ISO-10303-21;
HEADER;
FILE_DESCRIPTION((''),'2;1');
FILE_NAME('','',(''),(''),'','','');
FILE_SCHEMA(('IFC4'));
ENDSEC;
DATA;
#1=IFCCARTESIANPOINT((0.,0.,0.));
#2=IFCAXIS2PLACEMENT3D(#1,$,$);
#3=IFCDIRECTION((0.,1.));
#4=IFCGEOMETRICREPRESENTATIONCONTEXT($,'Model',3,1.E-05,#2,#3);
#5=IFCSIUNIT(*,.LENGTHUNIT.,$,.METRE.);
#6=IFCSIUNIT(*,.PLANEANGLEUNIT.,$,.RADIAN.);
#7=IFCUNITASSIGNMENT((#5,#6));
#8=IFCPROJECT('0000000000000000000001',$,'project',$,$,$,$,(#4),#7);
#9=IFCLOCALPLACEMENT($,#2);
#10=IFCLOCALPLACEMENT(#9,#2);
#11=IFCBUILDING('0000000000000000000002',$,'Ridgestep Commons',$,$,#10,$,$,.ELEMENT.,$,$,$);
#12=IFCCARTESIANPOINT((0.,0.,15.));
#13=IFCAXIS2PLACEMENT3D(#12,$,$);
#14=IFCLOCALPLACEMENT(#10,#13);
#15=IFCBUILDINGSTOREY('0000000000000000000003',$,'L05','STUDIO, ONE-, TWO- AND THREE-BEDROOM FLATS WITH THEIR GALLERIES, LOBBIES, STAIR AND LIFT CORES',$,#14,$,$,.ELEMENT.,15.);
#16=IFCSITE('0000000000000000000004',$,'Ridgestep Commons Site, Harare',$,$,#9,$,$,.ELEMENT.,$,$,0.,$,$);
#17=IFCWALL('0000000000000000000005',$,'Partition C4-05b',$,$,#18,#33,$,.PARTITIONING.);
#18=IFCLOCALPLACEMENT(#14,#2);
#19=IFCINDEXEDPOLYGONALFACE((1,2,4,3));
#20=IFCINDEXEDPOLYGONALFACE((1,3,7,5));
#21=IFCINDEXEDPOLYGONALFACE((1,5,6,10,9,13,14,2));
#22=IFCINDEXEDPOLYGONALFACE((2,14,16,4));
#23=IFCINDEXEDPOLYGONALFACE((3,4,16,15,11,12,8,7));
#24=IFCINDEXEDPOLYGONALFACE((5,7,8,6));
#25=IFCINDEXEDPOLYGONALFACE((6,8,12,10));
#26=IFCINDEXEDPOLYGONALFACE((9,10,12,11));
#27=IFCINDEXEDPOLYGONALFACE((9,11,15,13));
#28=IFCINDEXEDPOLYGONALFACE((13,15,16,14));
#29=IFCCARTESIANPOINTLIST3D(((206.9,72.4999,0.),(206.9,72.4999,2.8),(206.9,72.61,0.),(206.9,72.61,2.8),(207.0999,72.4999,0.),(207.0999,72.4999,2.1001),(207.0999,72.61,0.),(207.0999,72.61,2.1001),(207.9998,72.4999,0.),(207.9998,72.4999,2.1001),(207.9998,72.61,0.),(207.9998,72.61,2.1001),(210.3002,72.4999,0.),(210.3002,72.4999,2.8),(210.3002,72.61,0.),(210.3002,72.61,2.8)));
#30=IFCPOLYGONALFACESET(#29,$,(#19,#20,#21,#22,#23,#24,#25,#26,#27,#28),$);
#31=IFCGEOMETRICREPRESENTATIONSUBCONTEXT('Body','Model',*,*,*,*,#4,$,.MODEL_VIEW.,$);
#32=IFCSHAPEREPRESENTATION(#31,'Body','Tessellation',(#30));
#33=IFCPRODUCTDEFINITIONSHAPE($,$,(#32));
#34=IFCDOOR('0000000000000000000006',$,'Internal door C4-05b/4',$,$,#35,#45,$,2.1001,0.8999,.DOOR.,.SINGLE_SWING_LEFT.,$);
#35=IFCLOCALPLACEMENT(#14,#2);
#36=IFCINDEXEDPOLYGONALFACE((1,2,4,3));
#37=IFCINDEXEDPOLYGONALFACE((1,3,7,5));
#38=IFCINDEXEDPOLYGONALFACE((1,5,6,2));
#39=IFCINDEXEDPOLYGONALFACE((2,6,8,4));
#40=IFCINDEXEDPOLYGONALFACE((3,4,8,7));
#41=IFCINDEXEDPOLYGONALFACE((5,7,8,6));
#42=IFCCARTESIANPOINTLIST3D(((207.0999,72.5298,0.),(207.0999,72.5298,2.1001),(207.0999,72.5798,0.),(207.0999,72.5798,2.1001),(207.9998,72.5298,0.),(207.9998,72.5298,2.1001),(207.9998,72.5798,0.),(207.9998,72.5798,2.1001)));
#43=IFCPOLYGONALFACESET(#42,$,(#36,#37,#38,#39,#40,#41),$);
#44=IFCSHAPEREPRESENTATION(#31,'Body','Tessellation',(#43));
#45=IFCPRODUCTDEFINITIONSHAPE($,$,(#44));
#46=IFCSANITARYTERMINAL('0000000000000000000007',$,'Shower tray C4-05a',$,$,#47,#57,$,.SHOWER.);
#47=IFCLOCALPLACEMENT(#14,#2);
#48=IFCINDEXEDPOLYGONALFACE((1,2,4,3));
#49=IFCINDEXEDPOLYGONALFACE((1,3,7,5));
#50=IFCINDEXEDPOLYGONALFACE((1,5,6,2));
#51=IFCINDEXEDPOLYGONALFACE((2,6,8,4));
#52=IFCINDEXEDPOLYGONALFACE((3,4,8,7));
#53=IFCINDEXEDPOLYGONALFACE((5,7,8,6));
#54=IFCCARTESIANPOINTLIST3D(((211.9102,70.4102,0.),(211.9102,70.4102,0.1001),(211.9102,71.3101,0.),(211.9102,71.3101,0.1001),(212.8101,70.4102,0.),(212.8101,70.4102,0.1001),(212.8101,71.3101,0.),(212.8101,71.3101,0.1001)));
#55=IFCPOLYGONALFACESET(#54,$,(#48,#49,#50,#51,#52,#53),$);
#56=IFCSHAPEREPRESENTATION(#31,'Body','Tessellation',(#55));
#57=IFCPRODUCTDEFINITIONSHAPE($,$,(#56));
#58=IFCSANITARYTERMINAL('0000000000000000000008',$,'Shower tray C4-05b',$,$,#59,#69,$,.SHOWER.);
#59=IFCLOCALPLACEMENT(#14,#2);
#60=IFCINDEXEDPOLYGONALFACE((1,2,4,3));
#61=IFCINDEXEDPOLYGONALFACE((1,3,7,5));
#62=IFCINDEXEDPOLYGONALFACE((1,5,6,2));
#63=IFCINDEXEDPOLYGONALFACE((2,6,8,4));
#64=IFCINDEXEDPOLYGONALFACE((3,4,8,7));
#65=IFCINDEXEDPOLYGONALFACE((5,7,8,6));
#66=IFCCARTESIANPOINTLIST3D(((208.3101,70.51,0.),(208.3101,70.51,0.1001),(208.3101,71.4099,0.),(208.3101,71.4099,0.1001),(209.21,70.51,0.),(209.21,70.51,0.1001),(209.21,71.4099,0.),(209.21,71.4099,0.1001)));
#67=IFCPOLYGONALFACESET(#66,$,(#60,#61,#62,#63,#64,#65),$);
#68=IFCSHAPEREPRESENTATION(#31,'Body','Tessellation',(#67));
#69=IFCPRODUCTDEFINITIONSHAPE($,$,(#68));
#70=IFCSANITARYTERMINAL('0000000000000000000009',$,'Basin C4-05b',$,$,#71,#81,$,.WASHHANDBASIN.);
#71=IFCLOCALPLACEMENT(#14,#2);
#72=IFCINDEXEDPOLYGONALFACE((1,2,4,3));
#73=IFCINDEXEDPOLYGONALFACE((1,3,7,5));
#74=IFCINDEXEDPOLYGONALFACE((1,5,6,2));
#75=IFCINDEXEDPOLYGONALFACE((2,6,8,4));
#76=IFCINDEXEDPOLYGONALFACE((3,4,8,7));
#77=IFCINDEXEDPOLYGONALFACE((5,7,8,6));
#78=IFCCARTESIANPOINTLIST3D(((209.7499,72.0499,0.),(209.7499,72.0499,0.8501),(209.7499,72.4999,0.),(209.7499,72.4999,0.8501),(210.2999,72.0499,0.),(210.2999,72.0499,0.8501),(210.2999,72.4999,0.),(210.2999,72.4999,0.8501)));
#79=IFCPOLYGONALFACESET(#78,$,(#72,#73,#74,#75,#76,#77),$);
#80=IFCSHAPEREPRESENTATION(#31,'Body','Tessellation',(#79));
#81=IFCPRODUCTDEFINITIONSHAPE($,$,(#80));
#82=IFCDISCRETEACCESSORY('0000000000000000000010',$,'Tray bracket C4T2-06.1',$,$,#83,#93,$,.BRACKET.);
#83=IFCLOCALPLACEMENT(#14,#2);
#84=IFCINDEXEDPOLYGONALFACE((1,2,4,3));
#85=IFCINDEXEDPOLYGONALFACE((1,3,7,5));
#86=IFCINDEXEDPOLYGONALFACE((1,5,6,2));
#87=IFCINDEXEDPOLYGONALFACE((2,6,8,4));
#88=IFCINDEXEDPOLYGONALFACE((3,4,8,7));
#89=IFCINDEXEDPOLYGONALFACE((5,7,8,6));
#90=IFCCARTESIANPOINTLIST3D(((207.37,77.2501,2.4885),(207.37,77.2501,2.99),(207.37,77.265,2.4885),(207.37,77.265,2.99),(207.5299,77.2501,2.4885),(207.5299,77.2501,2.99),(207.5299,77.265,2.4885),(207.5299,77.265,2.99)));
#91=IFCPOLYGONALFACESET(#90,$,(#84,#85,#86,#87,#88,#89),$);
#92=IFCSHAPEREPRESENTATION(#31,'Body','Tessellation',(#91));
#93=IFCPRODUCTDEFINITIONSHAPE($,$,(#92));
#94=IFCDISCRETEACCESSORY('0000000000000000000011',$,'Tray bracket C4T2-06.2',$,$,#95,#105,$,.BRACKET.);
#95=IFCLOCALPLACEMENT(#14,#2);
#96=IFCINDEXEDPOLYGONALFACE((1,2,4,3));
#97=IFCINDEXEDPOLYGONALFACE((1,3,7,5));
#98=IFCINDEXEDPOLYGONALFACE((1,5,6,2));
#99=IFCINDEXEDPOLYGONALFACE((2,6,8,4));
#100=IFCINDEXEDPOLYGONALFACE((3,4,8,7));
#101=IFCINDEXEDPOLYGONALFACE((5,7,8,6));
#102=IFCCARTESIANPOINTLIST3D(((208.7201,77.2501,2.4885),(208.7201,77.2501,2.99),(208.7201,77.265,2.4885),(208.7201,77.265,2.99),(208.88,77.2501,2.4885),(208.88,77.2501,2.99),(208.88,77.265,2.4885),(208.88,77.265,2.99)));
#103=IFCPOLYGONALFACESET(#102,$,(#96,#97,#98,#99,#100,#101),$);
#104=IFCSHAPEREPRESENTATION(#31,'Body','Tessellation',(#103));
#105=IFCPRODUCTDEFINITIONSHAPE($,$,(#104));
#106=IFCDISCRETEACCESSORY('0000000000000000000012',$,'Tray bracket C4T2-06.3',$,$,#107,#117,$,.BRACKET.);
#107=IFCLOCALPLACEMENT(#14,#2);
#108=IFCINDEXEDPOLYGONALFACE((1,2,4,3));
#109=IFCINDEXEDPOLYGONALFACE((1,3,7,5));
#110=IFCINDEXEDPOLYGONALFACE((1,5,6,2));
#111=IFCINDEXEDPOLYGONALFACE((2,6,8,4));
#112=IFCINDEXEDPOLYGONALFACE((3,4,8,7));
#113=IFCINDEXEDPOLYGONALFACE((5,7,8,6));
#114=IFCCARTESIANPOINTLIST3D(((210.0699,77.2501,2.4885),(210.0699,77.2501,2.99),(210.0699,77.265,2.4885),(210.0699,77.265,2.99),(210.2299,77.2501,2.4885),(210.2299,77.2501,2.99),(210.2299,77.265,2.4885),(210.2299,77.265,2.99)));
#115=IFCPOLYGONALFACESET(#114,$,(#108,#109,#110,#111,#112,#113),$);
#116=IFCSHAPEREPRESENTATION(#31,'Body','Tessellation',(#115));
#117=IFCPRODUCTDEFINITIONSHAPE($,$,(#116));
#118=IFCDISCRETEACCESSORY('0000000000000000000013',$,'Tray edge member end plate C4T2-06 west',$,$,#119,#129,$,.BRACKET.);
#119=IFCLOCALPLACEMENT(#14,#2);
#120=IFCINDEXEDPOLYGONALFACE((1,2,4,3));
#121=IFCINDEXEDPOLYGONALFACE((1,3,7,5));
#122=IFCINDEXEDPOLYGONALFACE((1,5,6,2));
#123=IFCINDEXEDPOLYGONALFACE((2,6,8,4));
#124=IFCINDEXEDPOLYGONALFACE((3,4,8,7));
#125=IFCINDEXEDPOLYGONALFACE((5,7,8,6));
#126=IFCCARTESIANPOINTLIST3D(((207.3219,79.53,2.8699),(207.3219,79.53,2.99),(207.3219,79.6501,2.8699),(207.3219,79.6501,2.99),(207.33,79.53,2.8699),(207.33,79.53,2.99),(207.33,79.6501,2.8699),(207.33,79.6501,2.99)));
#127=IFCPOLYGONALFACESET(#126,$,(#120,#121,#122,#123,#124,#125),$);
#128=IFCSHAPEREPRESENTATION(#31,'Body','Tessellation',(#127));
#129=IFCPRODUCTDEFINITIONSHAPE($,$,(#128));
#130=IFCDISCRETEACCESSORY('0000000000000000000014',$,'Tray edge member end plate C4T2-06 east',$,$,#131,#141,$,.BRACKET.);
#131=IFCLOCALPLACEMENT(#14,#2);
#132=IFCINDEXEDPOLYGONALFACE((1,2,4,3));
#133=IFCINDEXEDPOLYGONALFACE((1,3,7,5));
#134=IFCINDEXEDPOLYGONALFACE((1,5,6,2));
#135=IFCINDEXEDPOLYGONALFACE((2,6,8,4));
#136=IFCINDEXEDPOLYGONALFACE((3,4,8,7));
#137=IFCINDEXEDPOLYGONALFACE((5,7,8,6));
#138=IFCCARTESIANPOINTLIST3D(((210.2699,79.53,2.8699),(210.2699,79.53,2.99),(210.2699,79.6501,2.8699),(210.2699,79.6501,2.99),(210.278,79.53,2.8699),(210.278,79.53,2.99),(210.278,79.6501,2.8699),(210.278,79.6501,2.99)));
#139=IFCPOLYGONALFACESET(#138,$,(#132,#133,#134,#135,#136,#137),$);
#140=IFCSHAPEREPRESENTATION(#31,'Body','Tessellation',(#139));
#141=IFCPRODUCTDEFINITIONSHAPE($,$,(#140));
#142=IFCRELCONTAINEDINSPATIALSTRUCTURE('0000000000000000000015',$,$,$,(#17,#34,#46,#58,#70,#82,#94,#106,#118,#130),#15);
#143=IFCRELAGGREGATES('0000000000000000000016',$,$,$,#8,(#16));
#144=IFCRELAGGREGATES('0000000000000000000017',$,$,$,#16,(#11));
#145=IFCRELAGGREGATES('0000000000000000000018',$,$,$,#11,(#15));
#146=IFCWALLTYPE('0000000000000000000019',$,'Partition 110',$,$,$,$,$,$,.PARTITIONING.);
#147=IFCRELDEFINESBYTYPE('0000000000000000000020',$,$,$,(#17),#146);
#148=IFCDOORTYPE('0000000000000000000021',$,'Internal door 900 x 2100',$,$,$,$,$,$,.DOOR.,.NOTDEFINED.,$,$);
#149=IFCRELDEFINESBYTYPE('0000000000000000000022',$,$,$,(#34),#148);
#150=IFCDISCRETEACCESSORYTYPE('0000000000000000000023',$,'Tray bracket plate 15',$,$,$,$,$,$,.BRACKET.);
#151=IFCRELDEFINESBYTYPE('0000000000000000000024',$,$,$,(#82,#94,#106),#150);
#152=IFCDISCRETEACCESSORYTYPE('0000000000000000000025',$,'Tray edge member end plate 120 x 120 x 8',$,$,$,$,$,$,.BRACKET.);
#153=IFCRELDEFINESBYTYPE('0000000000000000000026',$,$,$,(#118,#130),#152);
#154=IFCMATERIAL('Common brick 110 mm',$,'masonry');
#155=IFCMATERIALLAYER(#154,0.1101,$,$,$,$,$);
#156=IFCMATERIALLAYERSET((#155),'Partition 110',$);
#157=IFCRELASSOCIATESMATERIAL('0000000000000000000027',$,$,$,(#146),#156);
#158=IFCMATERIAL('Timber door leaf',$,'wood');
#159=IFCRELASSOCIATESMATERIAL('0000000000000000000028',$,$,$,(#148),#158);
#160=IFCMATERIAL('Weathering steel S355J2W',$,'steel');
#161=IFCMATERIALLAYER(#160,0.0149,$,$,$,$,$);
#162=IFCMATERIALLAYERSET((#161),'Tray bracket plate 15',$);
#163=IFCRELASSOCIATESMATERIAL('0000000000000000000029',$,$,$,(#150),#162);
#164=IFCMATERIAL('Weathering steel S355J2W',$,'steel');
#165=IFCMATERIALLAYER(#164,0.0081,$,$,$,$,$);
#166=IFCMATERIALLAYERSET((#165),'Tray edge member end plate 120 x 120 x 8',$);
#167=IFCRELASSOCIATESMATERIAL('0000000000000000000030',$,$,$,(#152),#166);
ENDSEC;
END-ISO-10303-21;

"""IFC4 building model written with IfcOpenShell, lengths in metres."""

from ifc_helpers import new_model, si_unit, direction, frame, frame_2d, origin, origin_2d, place, context, subcontext, project, spatial, rectangle, extrude, material, layer, layer_set, type_object, element, fill, save


model = new_model("IFC4")

# Units and contexts
model_context = context("Model", 3, precision=1e-05, world=origin(), true_north=direction((0.0, 1.0)))
body_context = subcontext(model_context, "Body", "Model", "MODEL_VIEW")
ifc_project = project(units=[si_unit("LENGTHUNIT", "METRE"), si_unit("PLANEANGLEUNIT", "RADIAN")], contexts=[model_context])

# Site, building, storey
site_placement = place(None, origin())
site = spatial("IfcSite", under=ifc_project, at=site_placement, Name="Ridgestep Commons Site, Harare", CompositionType="ELEMENT", RefElevation=0.0)
building_placement = place(site_placement, origin())
building = spatial("IfcBuilding", under=site, at=building_placement, Name="Ridgestep Commons", CompositionType="ELEMENT")
storey_placement = place(building_placement, frame((0.0, 0.0, 15.0)))
storey = spatial("IfcBuildingStorey", under=building, at=storey_placement, Name="L05", Description="STUDIO, ONE-, TWO- AND THREE-BEDROOM FLATS WITH THEIR GALLERIES, LOBBIES, STAIR AND LIFT CORES", CompositionType="ELEMENT", Elevation=15.0)

# Wall, opening, door
ifc_material_1 = material(Name="Common brick 110 mm", Category="masonry")
ifc_layer_1 = layer(ifc_material_1, 0.1101)
ifc_layer_set_1 = layer_set([ifc_layer_1], Name="Partition 110")
wall_type_1 = type_object("IfcWallType", Name="Partition 110", PredefinedType="PARTITIONING", material=ifc_layer_set_1)
ifc_material_2 = material(Name="Timber door leaf", Category="wood")
door_type = type_object("IfcDoorType", Name="Internal door 900 x 2100", OperationType="NOTDEFINED", PredefinedType="DOOR", material=ifc_material_2)
wall_1_placement = place(storey_placement, frame((206.8999, 72.5549, 0.0), z_axis=(0.0, 0.0, 1.0), x_axis=(1.0, 0.0, 0.0)))
wall_1 = element("IfcWall", 1, at=wall_1_placement, inside=storey, type_object=wall_type_1, Name="Partition C4-05b", PredefinedType="PARTITIONING", context=body_context, shape_type="SweptSolid", body=[
    extrude(rectangle(XDim=3.4001, YDim=0.1101, at=frame_2d((1.7002, 0.0))), origin(), (0.0, 0.0, 1.0), 2.8),
])
opening_1_placement = place(wall_1_placement, frame((0.2, 0.0, 0.0)))
opening_1 = element("IfcOpeningElement", 2, at=opening_1_placement, cuts=wall_1, PredefinedType="OPENING", context=body_context, shape_type="SweptSolid", body=[
    extrude(rectangle(XDim=0.8999, YDim=2.1001, at=frame_2d((0.45, 1.05))), frame((0.0, 0.0649, 0.0), z_axis=(0.0, -1.0, 0.0), x_axis=(1.0, 0.0, 0.0)), (0.0, 0.0, 1.0), 0.1301),
])
door_1_placement = place(opening_1_placement, origin())
door_1 = element("IfcDoor", 3, at=door_1_placement, inside=storey, type_object=door_type, Name="Internal door C4-05b/4", OperationType="SINGLE_SWING_LEFT", OverallHeight=2.1001, OverallWidth=0.8999, PredefinedType="DOOR", context=body_context, shape_type="SweptSolid", body=[
    extrude(rectangle(XDim=0.8999, YDim=2.1001, at=frame_2d((0.45, 1.05))), frame((0.0, 0.0249, 0.0), z_axis=(0.0, -1.0, 0.0), x_axis=(1.0, 0.0, 0.0)), (0.0, 0.0, 1.0), 0.05),
])
fill(opening_1, door_1)

# Sanitary terminals
for number, where, z_axis, x_axis, name in (
    (4, (212.3601, 70.8601, 0.0), (0.0, 0.0, 1.0), (1.0, 0.0, 0.0), "Shower tray C4-05a"),
    (5, (208.76, 70.96, 0.0), (0.0, 0.0, 1.0), (1.0, 0.0, 0.0), "Shower tray C4-05b"),
):
    element("IfcSanitaryTerminal", number, at=place(storey_placement, frame(where, z_axis=z_axis, x_axis=x_axis)), inside=storey, Name=name, PredefinedType="SHOWER", context=body_context, shape_type="SweptSolid", body=[
        extrude(rectangle(XDim=0.8999, YDim=0.8999, at=origin_2d()), origin(), (0.0, 0.0, 1.0), 0.1001),
    ])
sanitary_terminal_placement = place(storey_placement, frame((210.0249, 72.2749, 0.0), z_axis=(0.0, 0.0, 1.0), x_axis=(1.0, 0.0, 0.0)))
element("IfcSanitaryTerminal", 6, at=sanitary_terminal_placement, inside=storey, Name="Basin C4-05b", PredefinedType="WASHHANDBASIN", context=body_context, shape_type="SweptSolid", body=[
    extrude(rectangle(XDim=0.55, YDim=0.45, at=origin_2d()), origin(), (0.0, 0.0, 1.0), 0.8501),
])

# Discrete accessories
ifc_material_3 = material(Name="Weathering steel S355J2W", Category="steel")
ifc_layer_2 = layer(ifc_material_3, 0.0149)
ifc_layer_set_2 = layer_set([ifc_layer_2], Name="Tray bracket plate 15")
discrete_accessory_type_1 = type_object("IfcDiscreteAccessoryType", Name="Tray bracket plate 15", PredefinedType="BRACKET", material=ifc_layer_set_2)
for number, where, z_axis, x_axis, name in (
    (7, (207.45, 77.2576, 2.4885), (0.0, 0.0, 1.0), (1.0, 0.0, 0.0), "Tray bracket C4T2-06.1"),
    (8, (208.8, 77.2576, 2.4885), (0.0, 0.0, 1.0), (1.0, 0.0, 0.0), "Tray bracket C4T2-06.2"),
    (9, (210.1499, 77.2576, 2.4885), (0.0, 0.0, 1.0), (1.0, 0.0, 0.0), "Tray bracket C4T2-06.3"),
):
    element("IfcDiscreteAccessory", number, at=place(storey_placement, frame(where, z_axis=z_axis, x_axis=x_axis)), inside=storey, type_object=discrete_accessory_type_1, Name=name, PredefinedType="BRACKET", context=body_context, shape_type="SweptSolid", body=[
        extrude(rectangle(XDim=0.1599, YDim=0.0149, at=origin_2d()), origin(), (0.0, 0.0, 1.0), 0.5015),
    ])
ifc_material_4 = material(Name="Weathering steel S355J2W", Category="steel")
ifc_layer_3 = layer(ifc_material_4, 0.0081)
ifc_layer_set_3 = layer_set([ifc_layer_3], Name="Tray edge member end plate 120 x 120 x 8")
discrete_accessory_type_2 = type_object("IfcDiscreteAccessoryType", Name="Tray edge member end plate 120 x 120 x 8", PredefinedType="BRACKET", material=ifc_layer_set_3)
for number, where, z_axis, x_axis, name in (
    (10, (207.3259, 79.5901, 2.8699), (0.0, 0.0, 1.0), (1.0, 0.0, 0.0), "Tray edge member end plate C4T2-06 west"),
    (11, (210.2739, 79.5901, 2.8699), (0.0, 0.0, 1.0), (1.0, 0.0, 0.0), "Tray edge member end plate C4T2-06 east"),
):
    element("IfcDiscreteAccessory", number, at=place(storey_placement, frame(where, z_axis=z_axis, x_axis=x_axis)), inside=storey, type_object=discrete_accessory_type_2, Name=name, PredefinedType="BRACKET", context=body_context, shape_type="SweptSolid", body=[
        extrude(rectangle(XDim=0.0081, YDim=0.1201, at=origin_2d()), origin(), (0.0, 0.0, 1.0), 0.1201),
    ])

save(model, "model.ifc")
